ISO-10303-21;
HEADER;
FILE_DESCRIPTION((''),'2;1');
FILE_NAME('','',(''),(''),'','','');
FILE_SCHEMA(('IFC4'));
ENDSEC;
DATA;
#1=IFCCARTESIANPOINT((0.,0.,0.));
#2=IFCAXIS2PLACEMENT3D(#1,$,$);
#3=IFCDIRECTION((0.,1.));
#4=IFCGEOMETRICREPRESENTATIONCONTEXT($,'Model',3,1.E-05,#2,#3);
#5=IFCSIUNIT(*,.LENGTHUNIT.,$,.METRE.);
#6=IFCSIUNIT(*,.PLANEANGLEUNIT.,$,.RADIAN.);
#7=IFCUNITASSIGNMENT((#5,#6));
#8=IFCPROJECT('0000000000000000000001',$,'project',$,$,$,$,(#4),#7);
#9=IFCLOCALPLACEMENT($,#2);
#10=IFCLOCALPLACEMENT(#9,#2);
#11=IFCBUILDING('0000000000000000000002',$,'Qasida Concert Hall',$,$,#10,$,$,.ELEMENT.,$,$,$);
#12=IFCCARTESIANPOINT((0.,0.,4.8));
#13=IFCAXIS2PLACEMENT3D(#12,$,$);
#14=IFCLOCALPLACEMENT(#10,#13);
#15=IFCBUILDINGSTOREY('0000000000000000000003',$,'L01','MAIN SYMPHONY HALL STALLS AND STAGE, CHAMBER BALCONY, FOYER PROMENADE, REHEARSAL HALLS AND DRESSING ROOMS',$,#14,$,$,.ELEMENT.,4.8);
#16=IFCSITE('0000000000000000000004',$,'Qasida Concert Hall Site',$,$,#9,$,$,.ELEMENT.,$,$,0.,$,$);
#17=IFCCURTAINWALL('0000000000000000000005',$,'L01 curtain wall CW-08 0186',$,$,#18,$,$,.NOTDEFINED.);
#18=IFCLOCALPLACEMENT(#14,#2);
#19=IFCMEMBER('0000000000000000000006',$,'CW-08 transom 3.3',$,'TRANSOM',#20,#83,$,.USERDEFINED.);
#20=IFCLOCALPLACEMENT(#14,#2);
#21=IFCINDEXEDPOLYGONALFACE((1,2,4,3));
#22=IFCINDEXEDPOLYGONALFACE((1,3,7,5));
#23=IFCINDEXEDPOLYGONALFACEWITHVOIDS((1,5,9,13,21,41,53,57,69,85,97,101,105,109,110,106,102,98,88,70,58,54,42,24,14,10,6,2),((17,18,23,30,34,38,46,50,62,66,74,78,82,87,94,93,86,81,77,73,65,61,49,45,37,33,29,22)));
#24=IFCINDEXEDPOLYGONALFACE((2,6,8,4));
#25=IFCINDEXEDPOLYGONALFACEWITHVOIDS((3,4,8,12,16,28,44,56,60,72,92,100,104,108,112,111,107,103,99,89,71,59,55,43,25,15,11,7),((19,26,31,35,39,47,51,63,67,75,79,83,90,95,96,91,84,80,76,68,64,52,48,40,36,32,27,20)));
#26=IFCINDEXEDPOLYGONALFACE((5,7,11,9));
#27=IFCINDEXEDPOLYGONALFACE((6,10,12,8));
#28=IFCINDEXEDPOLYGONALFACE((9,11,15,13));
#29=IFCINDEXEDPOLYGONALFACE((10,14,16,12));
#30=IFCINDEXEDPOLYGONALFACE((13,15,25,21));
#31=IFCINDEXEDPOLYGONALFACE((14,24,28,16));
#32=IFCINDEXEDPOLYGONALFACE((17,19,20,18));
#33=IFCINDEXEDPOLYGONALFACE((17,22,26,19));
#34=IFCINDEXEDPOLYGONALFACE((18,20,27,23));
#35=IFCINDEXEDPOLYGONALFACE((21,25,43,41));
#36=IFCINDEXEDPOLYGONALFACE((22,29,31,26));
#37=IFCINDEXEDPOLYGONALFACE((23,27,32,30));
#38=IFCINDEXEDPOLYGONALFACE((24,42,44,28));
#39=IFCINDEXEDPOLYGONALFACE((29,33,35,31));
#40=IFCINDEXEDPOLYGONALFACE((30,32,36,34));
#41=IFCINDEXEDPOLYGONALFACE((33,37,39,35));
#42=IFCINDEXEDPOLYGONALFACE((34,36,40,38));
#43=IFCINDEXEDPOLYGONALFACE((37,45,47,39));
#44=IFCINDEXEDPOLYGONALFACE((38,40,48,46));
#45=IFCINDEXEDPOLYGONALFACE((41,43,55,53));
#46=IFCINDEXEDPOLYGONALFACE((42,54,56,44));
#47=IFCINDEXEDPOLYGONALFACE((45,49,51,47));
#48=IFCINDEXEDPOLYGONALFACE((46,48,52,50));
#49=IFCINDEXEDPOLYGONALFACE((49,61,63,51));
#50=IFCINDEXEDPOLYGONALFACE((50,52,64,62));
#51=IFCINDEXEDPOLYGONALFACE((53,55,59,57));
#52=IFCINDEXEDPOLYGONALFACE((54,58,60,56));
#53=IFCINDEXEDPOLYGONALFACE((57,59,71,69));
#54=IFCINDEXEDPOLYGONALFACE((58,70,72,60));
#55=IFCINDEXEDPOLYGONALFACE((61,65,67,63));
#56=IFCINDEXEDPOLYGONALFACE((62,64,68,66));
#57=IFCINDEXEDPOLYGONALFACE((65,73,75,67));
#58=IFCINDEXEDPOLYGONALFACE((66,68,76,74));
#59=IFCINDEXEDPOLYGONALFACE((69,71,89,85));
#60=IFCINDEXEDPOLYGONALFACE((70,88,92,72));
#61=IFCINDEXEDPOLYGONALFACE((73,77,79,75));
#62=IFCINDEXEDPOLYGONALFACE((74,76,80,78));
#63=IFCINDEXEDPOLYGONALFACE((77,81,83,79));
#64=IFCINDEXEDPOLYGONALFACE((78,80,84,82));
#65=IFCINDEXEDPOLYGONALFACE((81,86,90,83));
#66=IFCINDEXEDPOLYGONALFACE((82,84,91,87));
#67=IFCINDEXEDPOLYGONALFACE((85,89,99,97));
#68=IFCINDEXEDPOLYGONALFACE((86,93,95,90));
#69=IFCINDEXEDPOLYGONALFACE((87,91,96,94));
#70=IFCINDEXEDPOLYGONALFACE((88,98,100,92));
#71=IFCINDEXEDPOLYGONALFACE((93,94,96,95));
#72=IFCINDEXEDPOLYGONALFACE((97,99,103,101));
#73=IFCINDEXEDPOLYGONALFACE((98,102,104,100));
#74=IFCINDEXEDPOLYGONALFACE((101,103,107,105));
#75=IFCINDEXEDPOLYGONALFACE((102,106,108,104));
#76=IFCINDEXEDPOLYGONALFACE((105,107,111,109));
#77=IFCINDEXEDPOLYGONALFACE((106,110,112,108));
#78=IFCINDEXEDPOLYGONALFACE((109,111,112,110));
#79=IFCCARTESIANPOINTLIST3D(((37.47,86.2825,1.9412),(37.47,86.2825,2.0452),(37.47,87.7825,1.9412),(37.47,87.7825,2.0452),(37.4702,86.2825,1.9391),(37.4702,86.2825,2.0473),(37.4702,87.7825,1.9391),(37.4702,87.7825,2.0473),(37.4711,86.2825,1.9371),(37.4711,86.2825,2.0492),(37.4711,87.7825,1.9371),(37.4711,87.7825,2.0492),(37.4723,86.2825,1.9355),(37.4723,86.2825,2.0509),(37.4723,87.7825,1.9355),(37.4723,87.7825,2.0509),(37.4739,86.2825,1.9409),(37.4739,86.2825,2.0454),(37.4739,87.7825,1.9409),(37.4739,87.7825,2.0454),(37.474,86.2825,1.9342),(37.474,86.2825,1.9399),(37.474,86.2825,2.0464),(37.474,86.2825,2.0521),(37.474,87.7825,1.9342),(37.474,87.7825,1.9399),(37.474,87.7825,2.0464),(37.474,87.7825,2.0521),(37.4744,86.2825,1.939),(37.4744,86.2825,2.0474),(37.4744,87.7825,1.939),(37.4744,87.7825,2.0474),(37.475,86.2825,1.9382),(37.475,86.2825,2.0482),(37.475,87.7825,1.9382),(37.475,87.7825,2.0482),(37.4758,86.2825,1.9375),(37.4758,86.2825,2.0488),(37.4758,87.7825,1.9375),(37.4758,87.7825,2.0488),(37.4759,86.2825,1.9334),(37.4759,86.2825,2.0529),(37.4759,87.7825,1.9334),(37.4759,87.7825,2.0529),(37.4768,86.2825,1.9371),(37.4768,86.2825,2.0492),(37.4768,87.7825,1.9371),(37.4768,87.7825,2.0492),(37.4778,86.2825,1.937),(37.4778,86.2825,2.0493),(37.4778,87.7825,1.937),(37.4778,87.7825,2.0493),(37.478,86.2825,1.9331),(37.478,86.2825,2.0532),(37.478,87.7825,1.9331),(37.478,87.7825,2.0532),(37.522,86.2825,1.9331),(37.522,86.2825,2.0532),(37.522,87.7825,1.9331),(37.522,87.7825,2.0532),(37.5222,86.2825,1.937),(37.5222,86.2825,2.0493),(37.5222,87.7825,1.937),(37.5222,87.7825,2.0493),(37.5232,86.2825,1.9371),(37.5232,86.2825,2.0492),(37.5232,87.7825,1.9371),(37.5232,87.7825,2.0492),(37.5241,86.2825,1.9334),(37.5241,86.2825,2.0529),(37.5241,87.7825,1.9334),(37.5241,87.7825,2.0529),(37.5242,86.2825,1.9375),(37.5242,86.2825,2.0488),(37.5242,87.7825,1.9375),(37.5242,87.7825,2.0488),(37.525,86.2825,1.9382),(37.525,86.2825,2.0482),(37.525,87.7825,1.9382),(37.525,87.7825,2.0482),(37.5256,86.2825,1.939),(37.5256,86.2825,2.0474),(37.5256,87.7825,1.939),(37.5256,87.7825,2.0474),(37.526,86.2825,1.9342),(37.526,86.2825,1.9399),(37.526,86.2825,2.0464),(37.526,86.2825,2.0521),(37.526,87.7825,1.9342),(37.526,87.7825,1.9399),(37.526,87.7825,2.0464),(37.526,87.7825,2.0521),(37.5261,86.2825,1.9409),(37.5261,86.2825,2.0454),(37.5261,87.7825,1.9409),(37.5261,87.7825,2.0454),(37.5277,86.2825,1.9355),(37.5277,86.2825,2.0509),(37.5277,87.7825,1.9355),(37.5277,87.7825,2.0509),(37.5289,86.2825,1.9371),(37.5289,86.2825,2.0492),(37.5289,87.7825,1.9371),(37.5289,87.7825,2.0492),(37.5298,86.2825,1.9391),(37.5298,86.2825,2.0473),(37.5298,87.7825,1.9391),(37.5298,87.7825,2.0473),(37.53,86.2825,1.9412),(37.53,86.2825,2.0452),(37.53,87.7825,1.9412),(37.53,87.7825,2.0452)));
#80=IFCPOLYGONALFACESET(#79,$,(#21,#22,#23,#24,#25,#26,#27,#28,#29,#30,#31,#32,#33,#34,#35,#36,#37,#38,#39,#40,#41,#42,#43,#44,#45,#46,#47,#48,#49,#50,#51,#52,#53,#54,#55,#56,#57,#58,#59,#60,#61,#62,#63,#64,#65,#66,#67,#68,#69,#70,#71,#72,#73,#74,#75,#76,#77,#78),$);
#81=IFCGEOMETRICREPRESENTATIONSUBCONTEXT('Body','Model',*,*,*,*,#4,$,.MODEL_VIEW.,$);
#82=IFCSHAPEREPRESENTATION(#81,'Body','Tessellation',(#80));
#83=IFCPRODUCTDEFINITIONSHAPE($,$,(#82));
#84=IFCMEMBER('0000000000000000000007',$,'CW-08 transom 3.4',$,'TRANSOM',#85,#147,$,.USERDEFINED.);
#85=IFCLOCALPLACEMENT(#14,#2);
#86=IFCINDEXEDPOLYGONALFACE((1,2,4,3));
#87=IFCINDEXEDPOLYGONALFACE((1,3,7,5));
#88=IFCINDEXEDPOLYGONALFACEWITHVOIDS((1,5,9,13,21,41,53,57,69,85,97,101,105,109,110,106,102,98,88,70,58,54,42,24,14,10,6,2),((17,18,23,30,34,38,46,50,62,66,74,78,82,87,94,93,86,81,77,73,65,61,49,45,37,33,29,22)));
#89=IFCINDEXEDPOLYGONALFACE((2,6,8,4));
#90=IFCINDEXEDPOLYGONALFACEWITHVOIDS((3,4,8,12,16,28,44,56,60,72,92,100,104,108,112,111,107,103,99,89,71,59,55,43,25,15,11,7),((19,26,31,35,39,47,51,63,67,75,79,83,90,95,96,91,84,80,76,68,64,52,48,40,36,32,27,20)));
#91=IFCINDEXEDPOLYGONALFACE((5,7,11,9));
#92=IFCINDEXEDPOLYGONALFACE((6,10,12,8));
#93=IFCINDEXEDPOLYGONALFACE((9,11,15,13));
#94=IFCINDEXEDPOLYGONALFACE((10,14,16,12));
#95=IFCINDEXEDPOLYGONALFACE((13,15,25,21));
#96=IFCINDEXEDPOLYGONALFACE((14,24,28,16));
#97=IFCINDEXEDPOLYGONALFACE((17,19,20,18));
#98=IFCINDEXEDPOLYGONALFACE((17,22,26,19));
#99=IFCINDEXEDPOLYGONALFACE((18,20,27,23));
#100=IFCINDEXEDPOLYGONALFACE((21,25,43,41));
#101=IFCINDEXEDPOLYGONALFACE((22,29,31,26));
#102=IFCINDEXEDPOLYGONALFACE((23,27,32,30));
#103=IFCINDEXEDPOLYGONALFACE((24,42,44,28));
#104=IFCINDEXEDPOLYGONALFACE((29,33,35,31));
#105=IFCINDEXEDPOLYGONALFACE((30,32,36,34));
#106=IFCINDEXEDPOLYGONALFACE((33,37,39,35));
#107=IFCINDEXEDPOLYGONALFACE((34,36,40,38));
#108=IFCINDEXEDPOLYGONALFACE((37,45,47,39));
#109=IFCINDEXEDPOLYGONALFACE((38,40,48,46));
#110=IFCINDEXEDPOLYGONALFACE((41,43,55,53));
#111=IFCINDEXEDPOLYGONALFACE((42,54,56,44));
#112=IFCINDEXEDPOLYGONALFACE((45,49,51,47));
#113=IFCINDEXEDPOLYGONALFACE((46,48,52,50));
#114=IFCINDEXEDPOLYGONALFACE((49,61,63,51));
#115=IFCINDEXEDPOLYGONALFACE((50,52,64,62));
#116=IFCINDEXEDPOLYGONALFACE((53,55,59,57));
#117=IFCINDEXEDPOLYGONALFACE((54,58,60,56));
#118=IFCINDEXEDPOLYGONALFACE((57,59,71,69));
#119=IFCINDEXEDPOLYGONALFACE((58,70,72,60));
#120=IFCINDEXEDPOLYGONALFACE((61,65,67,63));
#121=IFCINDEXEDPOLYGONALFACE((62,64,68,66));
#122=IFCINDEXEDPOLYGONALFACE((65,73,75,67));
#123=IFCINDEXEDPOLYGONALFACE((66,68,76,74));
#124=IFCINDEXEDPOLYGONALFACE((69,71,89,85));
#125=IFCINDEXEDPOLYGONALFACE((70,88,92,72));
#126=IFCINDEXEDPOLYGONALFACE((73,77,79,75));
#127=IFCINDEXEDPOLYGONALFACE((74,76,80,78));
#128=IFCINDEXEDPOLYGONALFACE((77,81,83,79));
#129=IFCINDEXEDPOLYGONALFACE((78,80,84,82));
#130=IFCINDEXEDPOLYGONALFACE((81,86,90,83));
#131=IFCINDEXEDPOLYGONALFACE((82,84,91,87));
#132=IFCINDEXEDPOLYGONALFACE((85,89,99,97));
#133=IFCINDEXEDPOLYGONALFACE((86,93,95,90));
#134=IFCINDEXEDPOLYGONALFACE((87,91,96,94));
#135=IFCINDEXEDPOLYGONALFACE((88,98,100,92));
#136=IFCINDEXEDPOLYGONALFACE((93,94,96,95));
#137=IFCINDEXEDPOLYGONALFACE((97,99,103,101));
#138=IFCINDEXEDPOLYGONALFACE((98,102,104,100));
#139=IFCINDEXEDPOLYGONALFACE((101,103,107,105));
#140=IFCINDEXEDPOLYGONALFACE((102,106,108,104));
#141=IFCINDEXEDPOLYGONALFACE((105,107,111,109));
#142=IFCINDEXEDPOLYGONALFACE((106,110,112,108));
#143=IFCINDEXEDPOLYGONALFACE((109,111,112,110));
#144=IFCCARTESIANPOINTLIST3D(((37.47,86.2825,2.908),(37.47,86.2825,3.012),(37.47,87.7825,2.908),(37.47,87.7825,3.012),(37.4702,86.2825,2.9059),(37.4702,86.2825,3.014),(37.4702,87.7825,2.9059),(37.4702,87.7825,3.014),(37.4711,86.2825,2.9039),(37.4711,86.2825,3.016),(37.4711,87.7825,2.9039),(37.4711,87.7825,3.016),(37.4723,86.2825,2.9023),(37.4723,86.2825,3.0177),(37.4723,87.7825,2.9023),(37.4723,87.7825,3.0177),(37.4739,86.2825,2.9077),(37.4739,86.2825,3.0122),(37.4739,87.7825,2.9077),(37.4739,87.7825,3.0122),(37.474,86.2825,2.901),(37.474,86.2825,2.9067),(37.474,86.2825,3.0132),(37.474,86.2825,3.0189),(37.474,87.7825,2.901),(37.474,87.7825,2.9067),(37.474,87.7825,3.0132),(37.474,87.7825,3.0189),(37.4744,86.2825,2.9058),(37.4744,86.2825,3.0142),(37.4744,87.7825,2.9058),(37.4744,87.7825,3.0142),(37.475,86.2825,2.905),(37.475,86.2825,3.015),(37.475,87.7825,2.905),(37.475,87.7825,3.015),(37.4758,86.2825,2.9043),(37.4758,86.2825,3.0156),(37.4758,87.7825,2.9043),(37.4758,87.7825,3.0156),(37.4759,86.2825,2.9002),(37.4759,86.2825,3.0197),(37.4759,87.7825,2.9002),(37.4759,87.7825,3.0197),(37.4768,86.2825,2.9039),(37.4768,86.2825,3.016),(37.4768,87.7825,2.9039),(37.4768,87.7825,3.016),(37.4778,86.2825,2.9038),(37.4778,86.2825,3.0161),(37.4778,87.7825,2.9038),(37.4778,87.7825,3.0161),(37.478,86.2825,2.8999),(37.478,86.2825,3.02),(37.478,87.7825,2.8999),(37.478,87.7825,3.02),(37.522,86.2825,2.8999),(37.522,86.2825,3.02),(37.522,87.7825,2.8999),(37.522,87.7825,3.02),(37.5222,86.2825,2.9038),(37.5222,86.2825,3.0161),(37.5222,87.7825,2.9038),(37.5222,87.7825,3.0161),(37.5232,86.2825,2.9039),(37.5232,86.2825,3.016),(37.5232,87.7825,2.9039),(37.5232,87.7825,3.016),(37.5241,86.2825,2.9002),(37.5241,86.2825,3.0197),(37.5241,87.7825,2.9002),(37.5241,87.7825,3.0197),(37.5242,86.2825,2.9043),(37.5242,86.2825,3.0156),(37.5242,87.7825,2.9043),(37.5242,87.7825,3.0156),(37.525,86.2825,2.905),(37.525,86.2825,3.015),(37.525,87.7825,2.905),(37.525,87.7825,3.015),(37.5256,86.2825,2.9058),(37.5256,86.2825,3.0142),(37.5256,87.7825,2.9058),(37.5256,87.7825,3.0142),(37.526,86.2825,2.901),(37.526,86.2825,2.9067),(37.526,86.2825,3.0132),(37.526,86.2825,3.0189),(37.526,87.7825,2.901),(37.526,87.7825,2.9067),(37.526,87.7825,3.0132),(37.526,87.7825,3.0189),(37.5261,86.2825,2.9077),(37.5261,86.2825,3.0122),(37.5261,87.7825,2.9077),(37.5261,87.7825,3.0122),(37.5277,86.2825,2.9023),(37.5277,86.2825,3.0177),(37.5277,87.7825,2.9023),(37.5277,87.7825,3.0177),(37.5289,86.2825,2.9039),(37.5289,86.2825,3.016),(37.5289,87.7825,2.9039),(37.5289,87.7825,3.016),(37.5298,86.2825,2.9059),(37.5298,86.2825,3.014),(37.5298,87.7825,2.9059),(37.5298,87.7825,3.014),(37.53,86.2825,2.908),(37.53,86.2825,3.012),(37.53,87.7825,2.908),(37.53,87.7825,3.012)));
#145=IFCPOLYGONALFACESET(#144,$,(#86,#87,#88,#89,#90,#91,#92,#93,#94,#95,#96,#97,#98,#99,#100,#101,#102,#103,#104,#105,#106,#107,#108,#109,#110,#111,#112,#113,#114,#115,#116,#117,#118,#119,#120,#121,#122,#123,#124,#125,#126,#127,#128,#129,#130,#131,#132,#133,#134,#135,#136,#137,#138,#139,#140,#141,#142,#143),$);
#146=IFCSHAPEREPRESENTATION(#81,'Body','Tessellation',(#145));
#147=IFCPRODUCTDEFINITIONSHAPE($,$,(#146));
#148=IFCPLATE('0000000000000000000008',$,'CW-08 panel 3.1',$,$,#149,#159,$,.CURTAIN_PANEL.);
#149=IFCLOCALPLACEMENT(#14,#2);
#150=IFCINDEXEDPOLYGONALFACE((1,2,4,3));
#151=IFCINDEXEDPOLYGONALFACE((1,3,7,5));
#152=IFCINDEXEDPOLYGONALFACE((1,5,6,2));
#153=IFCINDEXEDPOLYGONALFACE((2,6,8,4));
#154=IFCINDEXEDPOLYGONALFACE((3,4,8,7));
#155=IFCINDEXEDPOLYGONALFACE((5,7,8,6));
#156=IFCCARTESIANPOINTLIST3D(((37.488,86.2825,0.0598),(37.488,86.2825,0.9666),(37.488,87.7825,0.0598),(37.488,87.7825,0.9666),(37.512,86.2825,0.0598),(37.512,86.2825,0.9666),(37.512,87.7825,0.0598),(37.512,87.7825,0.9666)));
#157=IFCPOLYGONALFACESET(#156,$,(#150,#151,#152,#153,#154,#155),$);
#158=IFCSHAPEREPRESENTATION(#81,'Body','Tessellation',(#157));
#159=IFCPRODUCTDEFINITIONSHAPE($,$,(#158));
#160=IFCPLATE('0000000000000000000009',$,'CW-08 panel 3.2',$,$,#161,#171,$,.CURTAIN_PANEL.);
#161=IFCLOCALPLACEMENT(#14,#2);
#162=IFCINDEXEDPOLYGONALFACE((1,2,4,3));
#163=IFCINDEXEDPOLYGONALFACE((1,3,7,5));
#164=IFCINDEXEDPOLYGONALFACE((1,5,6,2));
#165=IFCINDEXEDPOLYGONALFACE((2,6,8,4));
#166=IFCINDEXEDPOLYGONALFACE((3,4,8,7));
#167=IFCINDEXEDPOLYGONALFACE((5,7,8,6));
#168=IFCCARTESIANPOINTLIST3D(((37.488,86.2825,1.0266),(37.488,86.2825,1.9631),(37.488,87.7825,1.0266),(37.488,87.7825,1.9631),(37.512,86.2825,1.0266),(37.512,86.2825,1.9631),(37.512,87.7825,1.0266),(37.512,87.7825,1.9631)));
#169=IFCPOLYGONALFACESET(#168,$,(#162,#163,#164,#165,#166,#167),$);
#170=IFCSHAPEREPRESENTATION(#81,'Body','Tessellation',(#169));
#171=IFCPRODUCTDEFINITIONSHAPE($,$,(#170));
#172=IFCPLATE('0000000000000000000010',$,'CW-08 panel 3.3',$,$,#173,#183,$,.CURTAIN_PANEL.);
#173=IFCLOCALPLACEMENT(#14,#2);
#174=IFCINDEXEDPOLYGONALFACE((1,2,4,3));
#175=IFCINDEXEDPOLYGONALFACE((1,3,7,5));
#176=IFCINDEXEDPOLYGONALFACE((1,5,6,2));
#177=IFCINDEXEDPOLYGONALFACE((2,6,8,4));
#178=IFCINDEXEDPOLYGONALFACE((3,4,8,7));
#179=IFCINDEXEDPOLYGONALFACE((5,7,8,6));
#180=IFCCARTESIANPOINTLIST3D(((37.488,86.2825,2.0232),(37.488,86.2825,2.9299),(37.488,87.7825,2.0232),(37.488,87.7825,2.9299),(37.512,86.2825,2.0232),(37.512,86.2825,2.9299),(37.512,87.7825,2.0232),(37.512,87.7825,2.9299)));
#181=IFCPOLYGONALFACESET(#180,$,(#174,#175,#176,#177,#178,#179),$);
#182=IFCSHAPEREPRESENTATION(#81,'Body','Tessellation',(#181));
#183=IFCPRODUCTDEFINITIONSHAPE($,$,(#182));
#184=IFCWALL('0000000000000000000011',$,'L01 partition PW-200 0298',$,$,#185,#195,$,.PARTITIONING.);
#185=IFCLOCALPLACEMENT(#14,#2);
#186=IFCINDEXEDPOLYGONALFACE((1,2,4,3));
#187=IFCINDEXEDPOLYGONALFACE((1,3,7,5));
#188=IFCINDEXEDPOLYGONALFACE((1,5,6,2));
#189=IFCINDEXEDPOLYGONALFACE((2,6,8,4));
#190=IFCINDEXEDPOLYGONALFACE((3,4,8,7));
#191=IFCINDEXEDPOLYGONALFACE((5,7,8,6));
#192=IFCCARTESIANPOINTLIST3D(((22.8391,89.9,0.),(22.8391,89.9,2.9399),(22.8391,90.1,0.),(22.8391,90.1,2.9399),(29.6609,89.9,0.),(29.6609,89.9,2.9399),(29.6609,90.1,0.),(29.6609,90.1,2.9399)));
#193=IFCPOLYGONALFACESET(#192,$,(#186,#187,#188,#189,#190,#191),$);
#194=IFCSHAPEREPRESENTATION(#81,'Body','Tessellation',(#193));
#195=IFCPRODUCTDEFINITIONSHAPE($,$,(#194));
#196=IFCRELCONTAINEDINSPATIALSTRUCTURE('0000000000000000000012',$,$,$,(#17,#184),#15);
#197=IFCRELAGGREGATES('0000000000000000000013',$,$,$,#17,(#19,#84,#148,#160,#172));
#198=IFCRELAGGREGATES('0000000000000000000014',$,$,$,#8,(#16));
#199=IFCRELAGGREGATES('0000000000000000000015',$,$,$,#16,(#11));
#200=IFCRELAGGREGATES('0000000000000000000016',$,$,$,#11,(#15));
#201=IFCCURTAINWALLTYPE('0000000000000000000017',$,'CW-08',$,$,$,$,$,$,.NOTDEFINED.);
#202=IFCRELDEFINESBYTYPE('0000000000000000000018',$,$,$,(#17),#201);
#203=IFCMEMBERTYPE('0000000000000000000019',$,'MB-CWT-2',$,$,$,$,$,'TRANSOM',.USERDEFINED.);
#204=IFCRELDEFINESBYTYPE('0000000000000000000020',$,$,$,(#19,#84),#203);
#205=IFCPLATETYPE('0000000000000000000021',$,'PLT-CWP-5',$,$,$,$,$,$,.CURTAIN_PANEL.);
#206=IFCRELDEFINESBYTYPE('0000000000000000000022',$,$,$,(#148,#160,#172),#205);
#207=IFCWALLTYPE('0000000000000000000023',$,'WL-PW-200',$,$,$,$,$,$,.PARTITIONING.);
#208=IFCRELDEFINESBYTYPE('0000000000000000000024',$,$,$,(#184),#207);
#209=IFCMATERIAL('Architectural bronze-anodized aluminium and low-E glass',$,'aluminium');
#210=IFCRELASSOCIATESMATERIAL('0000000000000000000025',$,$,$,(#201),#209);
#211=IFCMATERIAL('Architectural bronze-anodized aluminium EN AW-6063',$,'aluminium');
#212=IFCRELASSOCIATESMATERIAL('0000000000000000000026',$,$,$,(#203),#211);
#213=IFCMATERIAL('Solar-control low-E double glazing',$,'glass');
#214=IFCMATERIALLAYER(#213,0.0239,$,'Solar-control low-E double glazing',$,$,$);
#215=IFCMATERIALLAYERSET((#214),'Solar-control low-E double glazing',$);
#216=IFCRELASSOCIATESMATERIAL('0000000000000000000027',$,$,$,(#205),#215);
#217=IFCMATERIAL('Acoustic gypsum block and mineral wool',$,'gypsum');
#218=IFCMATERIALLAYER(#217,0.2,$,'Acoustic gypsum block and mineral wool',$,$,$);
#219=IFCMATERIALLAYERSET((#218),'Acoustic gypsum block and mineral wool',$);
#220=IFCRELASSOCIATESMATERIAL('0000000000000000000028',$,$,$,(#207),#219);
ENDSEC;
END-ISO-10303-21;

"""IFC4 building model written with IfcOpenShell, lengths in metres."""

from ifc_helpers import new_model, si_unit, direction, frame, frame_2d, origin, origin_2d, place, context, subcontext, project, spatial, rectangle, hollow_rectangle, extrude, material, layer, layer_set, material_profile, profile_set, type_object, element, aggregate, save


model = new_model("IFC4")

# Units and contexts
model_context = context("Model", 3, precision=1e-05, world=origin(), true_north=direction((0.0, 1.0)))
body_context = subcontext(model_context, "Body", "Model", "MODEL_VIEW")
ifc_project = project(units=[si_unit("LENGTHUNIT", "METRE"), si_unit("PLANEANGLEUNIT", "RADIAN")], contexts=[model_context])

# Site, building, storey
site_placement = place(None, origin())
site = spatial("IfcSite", under=ifc_project, at=site_placement, Name="Qasida Concert Hall Site", CompositionType="ELEMENT", RefElevation=0.0)
building_placement = place(site_placement, origin())
building = spatial("IfcBuilding", under=site, at=building_placement, Name="Qasida Concert Hall", CompositionType="ELEMENT")
storey_placement = place(building_placement, frame((0.0, 0.0, 4.8)))
storey = spatial("IfcBuildingStorey", under=building, at=storey_placement, Name="L01", Description="MAIN SYMPHONY HALL STALLS AND STAGE, CHAMBER BALCONY, FOYER PROMENADE, REHEARSAL HALLS AND DRESSING ROOMS", CompositionType="ELEMENT", Elevation=4.8)

# Curtain wall, members, plates
ifc_material_1 = material(Name="Architectural bronze-anodized aluminium and low-E glass", Category="aluminium")
curtain_wall_type = type_object("IfcCurtainWallType", Name="CW-08", PredefinedType="NOTDEFINED", material=ifc_material_1)
curtain_wall_placement = place(storey_placement, origin())
curtain_wall = element("IfcCurtainWall", 1, at=curtain_wall_placement, inside=storey, type_object=curtain_wall_type, Name="L01 curtain wall CW-08 0186", PredefinedType="NOTDEFINED")
ifc_material_2 = material(Name="Architectural bronze-anodized aluminium EN AW-6063", Category="aluminium")
ifc_material_profile_1 = material_profile(ifc_material_2, hollow_rectangle(XDim=0.0601, YDim=0.1201, WallThickness=0.0039, InnerFilletRadius=0.0039, OuterFilletRadius=0.0081, at=origin_2d()), Name="CWT 120x60x4")
ifc_profile_set_1 = profile_set([ifc_material_profile_1], Name="Architectural bronze-anodized aluminium EN AW-6063")
member_type = type_object("IfcMemberType", Name="MB-CWT-2", ElementType="TRANSOM", PredefinedType="USERDEFINED", material=ifc_profile_set_1)
member_1_placement = place(storey_placement, frame((37.5, 86.2825, 1.9932), z_axis=(0.0, 1.0, 0.0), x_axis=(-1.0, 0.0, 0.0)))
member_1 = element("IfcMember", 2, at=member_1_placement, type_object=member_type, Name="CW-08 transom 3.3", ObjectType="TRANSOM", PredefinedType="USERDEFINED", context=body_context, shape_type="SweptSolid", body=[
    extrude(hollow_rectangle(XDim=0.0601, YDim=0.1201, WallThickness=0.0039, InnerFilletRadius=0.0039, OuterFilletRadius=0.0081, at=origin_2d()), origin(), (0.0, 0.0, 1.0), 1.5),
])
member_2_placement = place(storey_placement, frame((37.5, 86.2825, 2.96), z_axis=(0.0, 1.0, 0.0), x_axis=(-1.0, 0.0, 0.0)))
member_2 = element("IfcMember", 3, at=member_2_placement, type_object=member_type, Name="CW-08 transom 3.4", ObjectType="TRANSOM", PredefinedType="USERDEFINED", context=body_context, shape_type="SweptSolid", body=[
    extrude(hollow_rectangle(XDim=0.0601, YDim=0.1201, WallThickness=0.0039, InnerFilletRadius=0.0039, OuterFilletRadius=0.0081, at=origin_2d()), origin(), (0.0, 0.0, 1.0), 1.5),
])
ifc_material_3 = material(Name="Solar-control low-E double glazing", Category="glass")
ifc_layer_1 = layer(ifc_material_3, 0.0239, Name="Solar-control low-E double glazing")
ifc_layer_set_1 = layer_set([ifc_layer_1], Name="Solar-control low-E double glazing")
plate_type = type_object("IfcPlateType", Name="PLT-CWP-5", PredefinedType="CURTAIN_PANEL", material=ifc_layer_set_1)
plate_1_placement = place(storey_placement, frame((37.5, 87.0325, 0.0598), z_axis=(0.0, 0.0, 1.0), x_axis=(0.0, 1.0, 0.0)))
plate_1 = element("IfcPlate", 4, at=plate_1_placement, type_object=plate_type, Name="CW-08 panel 3.1", PredefinedType="CURTAIN_PANEL", context=body_context, shape_type="SweptSolid", body=[
    extrude(rectangle(XDim=1.5, YDim=0.0239, at=origin_2d()), origin(), (0.0, 0.0, 1.0), 0.9067),
])
plate_2_placement = place(storey_placement, frame((37.5, 87.0325, 1.0266), z_axis=(0.0, 0.0, 1.0), x_axis=(0.0, 1.0, 0.0)))
plate_2 = element("IfcPlate", 5, at=plate_2_placement, type_object=plate_type, Name="CW-08 panel 3.2", PredefinedType="CURTAIN_PANEL", context=body_context, shape_type="SweptSolid", body=[
    extrude(rectangle(XDim=1.5, YDim=0.0239, at=origin_2d()), origin(), (0.0, 0.0, 1.0), 0.9365),
])
plate_3_placement = place(storey_placement, frame((37.5, 87.0325, 2.0232), z_axis=(0.0, 0.0, 1.0), x_axis=(0.0, 1.0, 0.0)))
plate_3 = element("IfcPlate", 6, at=plate_3_placement, type_object=plate_type, Name="CW-08 panel 3.3", PredefinedType="CURTAIN_PANEL", context=body_context, shape_type="SweptSolid", body=[
    extrude(rectangle(XDim=1.5, YDim=0.0239, at=origin_2d()), origin(), (0.0, 0.0, 1.0), 0.9067),
])
aggregate(curtain_wall, [member_1, member_2, plate_1, plate_2, plate_3])

# Wall
ifc_material_4 = material(Name="Acoustic gypsum block and mineral wool", Category="gypsum")
ifc_layer_2 = layer(ifc_material_4, 0.2, Name="Acoustic gypsum block and mineral wool")
ifc_layer_set_2 = layer_set([ifc_layer_2], Name="Acoustic gypsum block and mineral wool")
wall_type = type_object("IfcWallType", Name="WL-PW-200", PredefinedType="PARTITIONING", material=ifc_layer_set_2)
wall_1_placement = place(storey_placement, frame((22.8391, 90.0, 0.0), z_axis=(0.0, 0.0, 1.0), x_axis=(1.0, 0.0, 0.0)))
element("IfcWall", 7, at=wall_1_placement, inside=storey, type_object=wall_type, Name="L01 partition PW-200 0298", PredefinedType="PARTITIONING", context=body_context, shape_type="SweptSolid", body=[
    extrude(rectangle(XDim=6.8218, YDim=0.2, at=frame_2d((3.4109, 0.0))), origin(), (0.0, 0.0, 1.0), 2.9399),
])

save(model, "model.ifc")
